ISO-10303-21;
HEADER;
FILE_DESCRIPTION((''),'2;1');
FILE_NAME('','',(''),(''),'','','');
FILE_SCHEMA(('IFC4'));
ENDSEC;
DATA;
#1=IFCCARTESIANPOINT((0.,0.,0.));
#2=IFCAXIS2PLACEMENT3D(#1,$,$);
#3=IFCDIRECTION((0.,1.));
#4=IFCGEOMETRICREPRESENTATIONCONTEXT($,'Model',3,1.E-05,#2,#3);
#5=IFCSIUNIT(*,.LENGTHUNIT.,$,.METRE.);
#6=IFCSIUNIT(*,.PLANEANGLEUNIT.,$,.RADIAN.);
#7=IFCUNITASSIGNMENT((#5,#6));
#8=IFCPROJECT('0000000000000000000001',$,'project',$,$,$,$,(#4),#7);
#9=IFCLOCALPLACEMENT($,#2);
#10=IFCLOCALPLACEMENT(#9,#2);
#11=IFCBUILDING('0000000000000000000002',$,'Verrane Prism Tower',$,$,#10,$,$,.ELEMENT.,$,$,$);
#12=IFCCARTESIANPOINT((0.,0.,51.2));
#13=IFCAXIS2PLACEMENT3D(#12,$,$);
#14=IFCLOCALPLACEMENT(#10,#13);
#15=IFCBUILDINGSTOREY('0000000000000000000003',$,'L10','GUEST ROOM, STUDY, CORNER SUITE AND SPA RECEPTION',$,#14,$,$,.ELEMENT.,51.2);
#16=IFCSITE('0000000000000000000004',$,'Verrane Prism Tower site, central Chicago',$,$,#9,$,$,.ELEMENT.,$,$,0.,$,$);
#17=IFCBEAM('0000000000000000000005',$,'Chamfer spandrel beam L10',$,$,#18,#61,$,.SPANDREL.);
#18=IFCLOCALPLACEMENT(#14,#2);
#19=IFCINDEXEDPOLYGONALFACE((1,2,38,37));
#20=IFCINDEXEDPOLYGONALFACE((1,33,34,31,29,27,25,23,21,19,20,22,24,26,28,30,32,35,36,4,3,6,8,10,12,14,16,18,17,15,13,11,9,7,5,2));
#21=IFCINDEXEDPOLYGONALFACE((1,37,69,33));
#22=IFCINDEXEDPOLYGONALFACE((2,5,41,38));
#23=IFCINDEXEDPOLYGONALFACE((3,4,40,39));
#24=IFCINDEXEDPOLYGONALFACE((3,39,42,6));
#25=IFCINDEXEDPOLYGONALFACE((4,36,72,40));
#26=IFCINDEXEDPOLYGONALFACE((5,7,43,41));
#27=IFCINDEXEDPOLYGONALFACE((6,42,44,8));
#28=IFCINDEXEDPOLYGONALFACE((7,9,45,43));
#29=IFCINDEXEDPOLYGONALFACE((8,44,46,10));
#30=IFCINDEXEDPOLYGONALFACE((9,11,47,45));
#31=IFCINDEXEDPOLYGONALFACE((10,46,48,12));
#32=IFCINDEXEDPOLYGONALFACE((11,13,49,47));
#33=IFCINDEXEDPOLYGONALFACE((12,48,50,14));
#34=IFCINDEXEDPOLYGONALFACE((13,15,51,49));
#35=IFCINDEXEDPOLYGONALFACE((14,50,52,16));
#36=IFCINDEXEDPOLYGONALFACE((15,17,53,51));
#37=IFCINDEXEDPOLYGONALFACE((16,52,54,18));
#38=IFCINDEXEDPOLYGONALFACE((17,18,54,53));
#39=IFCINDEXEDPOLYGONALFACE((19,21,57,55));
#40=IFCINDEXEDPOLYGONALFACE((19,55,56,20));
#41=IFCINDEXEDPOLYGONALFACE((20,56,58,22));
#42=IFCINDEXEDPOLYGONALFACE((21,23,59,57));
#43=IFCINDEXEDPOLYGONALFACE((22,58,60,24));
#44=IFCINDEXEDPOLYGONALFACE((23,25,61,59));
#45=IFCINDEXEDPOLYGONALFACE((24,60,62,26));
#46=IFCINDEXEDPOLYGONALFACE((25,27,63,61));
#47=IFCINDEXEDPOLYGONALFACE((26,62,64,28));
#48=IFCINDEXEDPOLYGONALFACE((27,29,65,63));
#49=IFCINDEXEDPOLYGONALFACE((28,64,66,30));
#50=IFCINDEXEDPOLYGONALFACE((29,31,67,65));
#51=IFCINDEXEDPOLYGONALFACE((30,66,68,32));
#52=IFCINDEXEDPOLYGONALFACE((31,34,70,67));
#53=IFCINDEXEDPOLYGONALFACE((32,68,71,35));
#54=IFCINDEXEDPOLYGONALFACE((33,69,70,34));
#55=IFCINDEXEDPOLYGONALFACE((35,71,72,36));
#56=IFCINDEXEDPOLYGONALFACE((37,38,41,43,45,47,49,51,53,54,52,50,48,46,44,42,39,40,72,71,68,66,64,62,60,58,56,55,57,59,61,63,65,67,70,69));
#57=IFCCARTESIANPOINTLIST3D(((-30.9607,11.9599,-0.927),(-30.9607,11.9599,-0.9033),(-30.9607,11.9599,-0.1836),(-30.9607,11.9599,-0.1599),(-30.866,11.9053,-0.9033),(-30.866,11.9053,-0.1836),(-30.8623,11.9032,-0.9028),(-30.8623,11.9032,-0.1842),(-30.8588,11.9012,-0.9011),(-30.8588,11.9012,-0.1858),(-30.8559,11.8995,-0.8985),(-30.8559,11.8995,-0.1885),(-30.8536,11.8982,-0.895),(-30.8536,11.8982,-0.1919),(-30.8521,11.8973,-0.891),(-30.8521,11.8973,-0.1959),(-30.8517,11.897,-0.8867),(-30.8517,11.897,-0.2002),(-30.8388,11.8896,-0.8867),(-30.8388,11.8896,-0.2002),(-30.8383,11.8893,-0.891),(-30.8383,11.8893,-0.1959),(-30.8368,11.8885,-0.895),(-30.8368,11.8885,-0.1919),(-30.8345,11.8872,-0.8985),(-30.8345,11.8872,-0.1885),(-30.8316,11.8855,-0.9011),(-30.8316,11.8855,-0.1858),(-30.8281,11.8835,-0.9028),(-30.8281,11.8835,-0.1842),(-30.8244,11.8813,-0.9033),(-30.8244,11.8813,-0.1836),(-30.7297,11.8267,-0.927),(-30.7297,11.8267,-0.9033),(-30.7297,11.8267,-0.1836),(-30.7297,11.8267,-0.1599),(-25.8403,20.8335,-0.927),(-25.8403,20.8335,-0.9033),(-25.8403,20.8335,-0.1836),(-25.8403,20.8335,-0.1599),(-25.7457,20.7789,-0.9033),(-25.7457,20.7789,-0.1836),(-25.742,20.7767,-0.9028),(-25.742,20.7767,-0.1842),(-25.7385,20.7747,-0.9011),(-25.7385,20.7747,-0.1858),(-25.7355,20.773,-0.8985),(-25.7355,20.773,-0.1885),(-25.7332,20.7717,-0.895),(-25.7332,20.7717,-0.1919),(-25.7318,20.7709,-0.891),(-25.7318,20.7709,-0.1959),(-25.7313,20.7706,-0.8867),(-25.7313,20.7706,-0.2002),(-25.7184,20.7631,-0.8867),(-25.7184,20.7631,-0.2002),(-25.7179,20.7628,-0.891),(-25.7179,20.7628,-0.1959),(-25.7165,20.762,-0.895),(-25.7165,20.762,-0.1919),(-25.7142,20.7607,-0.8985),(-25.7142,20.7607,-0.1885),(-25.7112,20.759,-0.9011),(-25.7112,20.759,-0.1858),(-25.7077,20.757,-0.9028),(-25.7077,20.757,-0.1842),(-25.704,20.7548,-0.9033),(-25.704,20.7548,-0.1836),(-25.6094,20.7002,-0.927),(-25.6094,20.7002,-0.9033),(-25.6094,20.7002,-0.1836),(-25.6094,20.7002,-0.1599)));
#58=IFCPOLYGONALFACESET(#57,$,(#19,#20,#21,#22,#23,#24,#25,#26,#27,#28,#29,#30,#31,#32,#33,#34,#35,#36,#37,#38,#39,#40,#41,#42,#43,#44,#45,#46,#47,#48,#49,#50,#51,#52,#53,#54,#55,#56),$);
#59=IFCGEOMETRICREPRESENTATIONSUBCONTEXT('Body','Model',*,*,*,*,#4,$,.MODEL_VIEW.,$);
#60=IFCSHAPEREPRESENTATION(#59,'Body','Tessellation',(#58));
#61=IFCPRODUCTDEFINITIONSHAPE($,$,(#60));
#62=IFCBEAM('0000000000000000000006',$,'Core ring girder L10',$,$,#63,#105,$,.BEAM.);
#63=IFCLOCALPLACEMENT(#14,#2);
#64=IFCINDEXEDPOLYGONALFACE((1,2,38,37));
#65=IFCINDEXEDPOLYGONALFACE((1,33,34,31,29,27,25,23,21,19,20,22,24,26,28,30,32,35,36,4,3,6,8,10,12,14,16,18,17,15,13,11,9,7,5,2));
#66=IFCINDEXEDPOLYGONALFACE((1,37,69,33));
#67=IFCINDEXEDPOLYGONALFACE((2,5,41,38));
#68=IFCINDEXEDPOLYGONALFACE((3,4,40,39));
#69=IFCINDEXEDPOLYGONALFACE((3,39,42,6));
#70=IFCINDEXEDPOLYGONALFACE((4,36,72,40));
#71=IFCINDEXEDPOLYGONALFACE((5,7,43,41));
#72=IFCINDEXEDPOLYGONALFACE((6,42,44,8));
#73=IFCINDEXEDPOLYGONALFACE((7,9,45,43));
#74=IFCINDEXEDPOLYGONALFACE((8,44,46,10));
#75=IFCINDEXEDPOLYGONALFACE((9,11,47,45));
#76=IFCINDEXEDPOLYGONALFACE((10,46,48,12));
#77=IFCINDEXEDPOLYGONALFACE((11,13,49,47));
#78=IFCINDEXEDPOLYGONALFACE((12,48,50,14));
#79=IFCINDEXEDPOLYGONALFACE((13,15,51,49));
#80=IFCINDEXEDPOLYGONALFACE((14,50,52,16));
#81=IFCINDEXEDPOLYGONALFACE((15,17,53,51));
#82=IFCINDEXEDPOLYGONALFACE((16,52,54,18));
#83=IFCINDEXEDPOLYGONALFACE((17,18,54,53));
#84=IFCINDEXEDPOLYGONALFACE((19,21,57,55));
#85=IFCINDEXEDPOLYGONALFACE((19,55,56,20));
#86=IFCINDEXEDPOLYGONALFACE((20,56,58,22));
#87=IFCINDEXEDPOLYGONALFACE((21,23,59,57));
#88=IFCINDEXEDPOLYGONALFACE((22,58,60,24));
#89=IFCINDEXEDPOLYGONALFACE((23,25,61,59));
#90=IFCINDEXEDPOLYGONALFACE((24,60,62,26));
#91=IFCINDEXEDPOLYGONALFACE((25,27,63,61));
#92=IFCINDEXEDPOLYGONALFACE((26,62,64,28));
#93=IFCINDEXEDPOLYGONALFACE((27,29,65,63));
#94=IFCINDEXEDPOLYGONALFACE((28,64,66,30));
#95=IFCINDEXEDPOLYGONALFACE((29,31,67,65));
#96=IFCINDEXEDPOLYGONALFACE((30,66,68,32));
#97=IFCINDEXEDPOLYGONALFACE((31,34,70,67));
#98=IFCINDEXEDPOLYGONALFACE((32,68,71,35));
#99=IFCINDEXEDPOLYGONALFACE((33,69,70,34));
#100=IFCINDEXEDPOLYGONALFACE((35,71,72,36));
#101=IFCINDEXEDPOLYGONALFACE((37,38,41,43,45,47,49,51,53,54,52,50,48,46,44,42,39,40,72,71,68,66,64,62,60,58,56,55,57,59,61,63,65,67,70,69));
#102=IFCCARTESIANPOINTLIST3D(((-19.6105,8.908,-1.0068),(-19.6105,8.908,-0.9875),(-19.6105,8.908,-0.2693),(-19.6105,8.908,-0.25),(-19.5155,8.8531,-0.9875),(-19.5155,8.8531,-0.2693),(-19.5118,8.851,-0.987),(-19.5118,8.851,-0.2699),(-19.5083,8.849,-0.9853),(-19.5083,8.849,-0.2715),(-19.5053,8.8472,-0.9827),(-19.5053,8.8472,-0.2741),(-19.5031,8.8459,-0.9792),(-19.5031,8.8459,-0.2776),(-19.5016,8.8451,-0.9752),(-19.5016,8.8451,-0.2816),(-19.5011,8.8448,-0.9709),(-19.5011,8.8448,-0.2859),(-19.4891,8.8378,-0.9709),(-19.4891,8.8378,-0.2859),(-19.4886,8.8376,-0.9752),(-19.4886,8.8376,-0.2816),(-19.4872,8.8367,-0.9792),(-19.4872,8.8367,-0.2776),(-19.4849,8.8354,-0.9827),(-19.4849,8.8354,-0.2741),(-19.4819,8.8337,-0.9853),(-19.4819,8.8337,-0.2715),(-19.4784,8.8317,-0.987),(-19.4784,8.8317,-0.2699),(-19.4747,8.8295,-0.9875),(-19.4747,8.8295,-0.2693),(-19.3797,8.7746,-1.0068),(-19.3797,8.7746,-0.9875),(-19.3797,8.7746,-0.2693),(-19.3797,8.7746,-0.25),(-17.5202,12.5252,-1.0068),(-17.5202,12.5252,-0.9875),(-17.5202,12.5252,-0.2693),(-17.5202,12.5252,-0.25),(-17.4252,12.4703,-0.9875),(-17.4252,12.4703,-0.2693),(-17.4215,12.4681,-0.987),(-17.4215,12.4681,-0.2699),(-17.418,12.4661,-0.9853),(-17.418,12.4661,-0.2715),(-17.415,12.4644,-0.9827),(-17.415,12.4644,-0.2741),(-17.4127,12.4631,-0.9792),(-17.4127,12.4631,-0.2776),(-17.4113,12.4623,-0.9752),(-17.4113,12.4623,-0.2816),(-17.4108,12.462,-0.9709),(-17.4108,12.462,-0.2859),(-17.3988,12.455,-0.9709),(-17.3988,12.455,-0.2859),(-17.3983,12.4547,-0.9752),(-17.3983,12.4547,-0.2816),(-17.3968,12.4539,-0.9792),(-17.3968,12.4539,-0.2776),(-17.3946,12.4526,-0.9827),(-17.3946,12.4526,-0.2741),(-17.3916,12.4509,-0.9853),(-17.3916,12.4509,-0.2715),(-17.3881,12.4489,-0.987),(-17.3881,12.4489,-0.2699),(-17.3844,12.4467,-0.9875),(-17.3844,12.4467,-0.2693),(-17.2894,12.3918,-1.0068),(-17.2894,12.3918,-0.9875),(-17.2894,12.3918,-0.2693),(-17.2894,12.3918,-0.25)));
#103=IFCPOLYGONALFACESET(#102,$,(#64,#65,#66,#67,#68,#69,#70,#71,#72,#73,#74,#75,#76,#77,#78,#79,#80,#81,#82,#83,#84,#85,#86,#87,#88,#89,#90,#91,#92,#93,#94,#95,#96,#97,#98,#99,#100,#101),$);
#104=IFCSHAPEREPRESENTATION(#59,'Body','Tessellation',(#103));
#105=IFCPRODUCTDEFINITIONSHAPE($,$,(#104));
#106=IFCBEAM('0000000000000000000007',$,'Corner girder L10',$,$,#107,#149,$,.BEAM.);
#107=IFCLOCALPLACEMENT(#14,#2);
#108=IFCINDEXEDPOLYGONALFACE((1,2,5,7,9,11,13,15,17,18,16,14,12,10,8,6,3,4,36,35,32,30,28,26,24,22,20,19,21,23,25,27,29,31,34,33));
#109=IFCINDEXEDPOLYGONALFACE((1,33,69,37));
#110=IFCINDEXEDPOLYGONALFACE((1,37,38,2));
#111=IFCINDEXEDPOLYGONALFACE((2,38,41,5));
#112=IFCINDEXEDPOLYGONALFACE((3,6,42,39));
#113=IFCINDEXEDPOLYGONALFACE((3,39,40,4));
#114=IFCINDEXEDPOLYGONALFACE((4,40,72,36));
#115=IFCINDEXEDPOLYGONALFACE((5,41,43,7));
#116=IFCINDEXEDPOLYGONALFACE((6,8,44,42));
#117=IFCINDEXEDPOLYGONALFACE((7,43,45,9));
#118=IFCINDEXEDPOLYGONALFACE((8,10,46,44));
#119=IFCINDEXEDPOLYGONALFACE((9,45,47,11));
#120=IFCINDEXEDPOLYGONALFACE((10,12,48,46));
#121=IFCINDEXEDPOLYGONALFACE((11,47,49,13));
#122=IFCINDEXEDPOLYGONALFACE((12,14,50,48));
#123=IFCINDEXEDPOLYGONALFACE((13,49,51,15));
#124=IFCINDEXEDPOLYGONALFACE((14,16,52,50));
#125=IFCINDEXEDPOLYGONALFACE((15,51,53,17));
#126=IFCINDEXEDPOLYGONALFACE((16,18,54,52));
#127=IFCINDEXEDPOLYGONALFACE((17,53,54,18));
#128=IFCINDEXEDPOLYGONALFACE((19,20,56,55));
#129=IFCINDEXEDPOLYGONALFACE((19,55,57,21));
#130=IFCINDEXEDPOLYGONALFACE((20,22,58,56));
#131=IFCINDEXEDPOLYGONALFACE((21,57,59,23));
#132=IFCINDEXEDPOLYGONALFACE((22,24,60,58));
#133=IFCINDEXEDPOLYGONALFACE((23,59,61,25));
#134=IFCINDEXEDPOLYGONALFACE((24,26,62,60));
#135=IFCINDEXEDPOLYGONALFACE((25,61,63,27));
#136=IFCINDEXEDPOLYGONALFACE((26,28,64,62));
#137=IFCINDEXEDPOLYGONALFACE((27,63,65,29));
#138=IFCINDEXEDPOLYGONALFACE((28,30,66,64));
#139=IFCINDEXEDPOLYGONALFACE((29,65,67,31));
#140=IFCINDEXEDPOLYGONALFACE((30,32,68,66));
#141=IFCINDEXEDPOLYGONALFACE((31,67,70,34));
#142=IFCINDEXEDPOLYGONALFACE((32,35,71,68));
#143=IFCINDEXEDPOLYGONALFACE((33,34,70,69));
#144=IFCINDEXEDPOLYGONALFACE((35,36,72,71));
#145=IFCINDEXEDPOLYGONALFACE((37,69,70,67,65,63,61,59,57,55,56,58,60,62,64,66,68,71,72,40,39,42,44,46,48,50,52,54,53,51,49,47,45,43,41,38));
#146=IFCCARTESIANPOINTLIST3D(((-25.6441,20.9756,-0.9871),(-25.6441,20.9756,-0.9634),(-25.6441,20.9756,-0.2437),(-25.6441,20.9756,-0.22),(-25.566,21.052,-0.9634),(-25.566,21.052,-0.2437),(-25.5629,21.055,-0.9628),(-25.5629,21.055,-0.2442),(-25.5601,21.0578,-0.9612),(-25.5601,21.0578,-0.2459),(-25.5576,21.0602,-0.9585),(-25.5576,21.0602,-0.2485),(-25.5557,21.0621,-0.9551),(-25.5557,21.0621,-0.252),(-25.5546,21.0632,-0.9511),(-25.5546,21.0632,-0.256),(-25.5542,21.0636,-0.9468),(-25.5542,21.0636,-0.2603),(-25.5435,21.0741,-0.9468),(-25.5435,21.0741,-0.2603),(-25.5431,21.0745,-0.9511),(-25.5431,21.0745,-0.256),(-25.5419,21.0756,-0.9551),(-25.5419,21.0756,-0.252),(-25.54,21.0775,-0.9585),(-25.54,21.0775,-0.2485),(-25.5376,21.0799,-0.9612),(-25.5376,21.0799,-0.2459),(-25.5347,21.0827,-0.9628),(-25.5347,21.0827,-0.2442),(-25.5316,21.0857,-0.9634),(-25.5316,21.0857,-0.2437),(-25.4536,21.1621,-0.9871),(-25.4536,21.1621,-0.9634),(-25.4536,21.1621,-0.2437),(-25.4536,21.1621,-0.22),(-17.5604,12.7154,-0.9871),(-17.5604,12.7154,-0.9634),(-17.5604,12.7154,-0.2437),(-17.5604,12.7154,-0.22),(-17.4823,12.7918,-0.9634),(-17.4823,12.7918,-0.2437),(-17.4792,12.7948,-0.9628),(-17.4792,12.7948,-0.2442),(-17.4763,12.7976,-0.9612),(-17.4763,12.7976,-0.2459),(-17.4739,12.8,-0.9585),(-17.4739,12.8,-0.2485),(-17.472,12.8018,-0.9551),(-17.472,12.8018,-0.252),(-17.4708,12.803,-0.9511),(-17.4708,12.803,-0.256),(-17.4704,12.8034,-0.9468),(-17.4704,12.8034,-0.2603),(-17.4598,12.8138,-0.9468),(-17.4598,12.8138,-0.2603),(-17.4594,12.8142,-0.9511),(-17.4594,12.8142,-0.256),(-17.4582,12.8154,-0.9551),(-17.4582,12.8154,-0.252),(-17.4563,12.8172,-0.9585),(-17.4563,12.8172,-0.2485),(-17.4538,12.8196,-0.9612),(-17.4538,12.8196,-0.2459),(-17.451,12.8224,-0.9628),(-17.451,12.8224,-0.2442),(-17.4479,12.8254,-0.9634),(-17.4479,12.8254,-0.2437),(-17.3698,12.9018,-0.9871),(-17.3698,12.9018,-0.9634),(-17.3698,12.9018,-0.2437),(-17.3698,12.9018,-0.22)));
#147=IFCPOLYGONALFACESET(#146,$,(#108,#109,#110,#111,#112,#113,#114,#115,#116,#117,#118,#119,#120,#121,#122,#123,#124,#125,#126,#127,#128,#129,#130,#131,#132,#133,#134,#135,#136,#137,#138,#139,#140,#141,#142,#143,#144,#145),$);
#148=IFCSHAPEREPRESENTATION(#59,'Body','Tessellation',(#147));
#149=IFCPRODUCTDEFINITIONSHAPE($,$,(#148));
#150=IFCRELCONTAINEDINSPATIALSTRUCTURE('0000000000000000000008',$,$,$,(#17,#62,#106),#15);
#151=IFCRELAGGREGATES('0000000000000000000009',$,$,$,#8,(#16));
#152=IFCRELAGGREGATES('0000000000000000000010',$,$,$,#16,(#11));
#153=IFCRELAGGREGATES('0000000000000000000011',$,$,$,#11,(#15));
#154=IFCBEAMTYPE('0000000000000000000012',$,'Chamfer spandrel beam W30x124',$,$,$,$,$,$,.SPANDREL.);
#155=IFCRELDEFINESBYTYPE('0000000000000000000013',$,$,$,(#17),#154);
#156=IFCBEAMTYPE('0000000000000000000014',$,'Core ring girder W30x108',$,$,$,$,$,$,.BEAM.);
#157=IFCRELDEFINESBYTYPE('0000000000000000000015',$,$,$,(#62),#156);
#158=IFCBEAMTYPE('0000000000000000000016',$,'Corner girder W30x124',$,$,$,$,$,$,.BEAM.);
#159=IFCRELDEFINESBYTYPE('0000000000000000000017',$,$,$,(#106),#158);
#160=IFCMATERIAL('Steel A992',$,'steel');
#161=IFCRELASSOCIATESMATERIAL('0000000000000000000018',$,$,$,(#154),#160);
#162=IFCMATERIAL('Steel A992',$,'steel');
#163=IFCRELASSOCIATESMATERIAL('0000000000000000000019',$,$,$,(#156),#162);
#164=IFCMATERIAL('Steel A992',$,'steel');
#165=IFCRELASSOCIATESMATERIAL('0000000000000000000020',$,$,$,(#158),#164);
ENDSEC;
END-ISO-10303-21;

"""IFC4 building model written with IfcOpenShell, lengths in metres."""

from ifc_helpers import new_model, si_unit, direction, frame, origin, origin_2d, place, context, subcontext, project, spatial, i_section, extrude, material, material_profile, profile_set, type_object, element, save


model = new_model("IFC4")

# Units and contexts
model_context = context("Model", 3, precision=1e-05, world=origin(), true_north=direction((0.0, 1.0)))
body_context = subcontext(model_context, "Body", "Model", "MODEL_VIEW")
ifc_project = project(units=[si_unit("LENGTHUNIT", "METRE"), si_unit("PLANEANGLEUNIT", "RADIAN")], contexts=[model_context])

# Site, building, storey
site_placement = place(None, origin())
site = spatial("IfcSite", under=ifc_project, at=site_placement, Name="Verrane Prism Tower site, central Chicago", CompositionType="ELEMENT", RefElevation=0.0)
building_placement = place(site_placement, origin())
building = spatial("IfcBuilding", under=site, at=building_placement, Name="Verrane Prism Tower", CompositionType="ELEMENT")
storey_placement = place(building_placement, frame((0.0, 0.0, 51.2)))
storey = spatial("IfcBuildingStorey", under=building, at=storey_placement, Name="L10", Description="GUEST ROOM, STUDY, CORNER SUITE AND SPA RECEPTION", CompositionType="ELEMENT", Elevation=51.2)

# Beams
ifc_material_1 = material(Name="Steel A992", Category="steel")
ifc_material_profile_1 = material_profile(ifc_material_1, i_section(OverallWidth=0.2666, OverallDepth=0.7671, WebThickness=0.0149, FlangeThickness=0.0237, FilletRadius=0.0166, at=origin_2d()), Name="W30x124")
ifc_profile_set_1 = profile_set([ifc_material_profile_1], Name="Steel A992")
beam_type_1 = type_object("IfcBeamType", Name="Chamfer spandrel beam W30x124", PredefinedType="SPANDREL", material=ifc_profile_set_1)
beam_1_placement = place(storey_placement, frame((-25.7249, 20.7668, -0.5435), z_axis=(-0.499797, -0.866143, 0.0), x_axis=(0.866143, -0.499797, 0.0)))
element("IfcBeam", 1, at=beam_1_placement, inside=storey, type_object=beam_type_1, Name="Chamfer spandrel beam L10", PredefinedType="SPANDREL", context=body_context, shape_type="SweptSolid", body=[
    extrude(i_section(OverallWidth=0.2666, OverallDepth=0.7671, WebThickness=0.0149, FlangeThickness=0.0237, FilletRadius=0.0166, at=origin_2d()), origin(), (0.0, 0.0, 1.0), 10.2449),
])
ifc_material_2 = material(Name="Steel A992", Category="steel")
ifc_material_profile_2 = material_profile(ifc_material_2, i_section(OverallWidth=0.2666, OverallDepth=0.7568, WebThickness=0.0139, FlangeThickness=0.0193, FilletRadius=0.0166, at=origin_2d()), Name="W30x108")
ifc_profile_set_2 = profile_set([ifc_material_profile_2], Name="Steel A992")
beam_type_2 = type_object("IfcBeamType", Name="Core ring girder W30x108", PredefinedType="BEAM", material=ifc_profile_set_2)
beam_2_placement = place(storey_placement, frame((-17.4048, 12.4585, -0.6284), z_axis=(-0.50035, -0.865823, 0.0), x_axis=(0.865823, -0.50035, 0.0)))
element("IfcBeam", 2, at=beam_2_placement, inside=storey, type_object=beam_type_2, Name="Core ring girder L10", PredefinedType="BEAM", context=body_context, shape_type="SweptSolid", body=[
    extrude(i_section(OverallWidth=0.2666, OverallDepth=0.7568, WebThickness=0.0139, FlangeThickness=0.0193, FilletRadius=0.0166, at=origin_2d()), origin(), (0.0, 0.0, 1.0), 4.1777),
])
ifc_material_3 = material(Name="Steel A992", Category="steel")
ifc_material_profile_3 = material_profile(ifc_material_3, i_section(OverallWidth=0.2666, OverallDepth=0.7671, WebThickness=0.0149, FlangeThickness=0.0237, FilletRadius=0.0166, at=origin_2d()), Name="W30x124")
ifc_profile_set_3 = profile_set([ifc_material_profile_3], Name="Steel A992")
beam_type_3 = type_object("IfcBeamType", Name="Corner girder W30x124", PredefinedType="BEAM", material=ifc_profile_set_3)
beam_3_placement = place(storey_placement, frame((-25.5488, 21.0688, -0.6035), z_axis=(0.699429, -0.714702, 0.0), x_axis=(0.714702, 0.699429, 0.0)))
element("IfcBeam", 3, at=beam_3_placement, inside=storey, type_object=beam_type_3, Name="Corner girder L10", PredefinedType="BEAM", context=body_context, shape_type="SweptSolid", body=[
    extrude(i_section(OverallWidth=0.2666, OverallDepth=0.7671, WebThickness=0.0149, FlangeThickness=0.0237, FilletRadius=0.0166, at=origin_2d()), origin(), (0.0, 0.0, 1.0), 11.5576),
])

save(model, "model.ifc")
